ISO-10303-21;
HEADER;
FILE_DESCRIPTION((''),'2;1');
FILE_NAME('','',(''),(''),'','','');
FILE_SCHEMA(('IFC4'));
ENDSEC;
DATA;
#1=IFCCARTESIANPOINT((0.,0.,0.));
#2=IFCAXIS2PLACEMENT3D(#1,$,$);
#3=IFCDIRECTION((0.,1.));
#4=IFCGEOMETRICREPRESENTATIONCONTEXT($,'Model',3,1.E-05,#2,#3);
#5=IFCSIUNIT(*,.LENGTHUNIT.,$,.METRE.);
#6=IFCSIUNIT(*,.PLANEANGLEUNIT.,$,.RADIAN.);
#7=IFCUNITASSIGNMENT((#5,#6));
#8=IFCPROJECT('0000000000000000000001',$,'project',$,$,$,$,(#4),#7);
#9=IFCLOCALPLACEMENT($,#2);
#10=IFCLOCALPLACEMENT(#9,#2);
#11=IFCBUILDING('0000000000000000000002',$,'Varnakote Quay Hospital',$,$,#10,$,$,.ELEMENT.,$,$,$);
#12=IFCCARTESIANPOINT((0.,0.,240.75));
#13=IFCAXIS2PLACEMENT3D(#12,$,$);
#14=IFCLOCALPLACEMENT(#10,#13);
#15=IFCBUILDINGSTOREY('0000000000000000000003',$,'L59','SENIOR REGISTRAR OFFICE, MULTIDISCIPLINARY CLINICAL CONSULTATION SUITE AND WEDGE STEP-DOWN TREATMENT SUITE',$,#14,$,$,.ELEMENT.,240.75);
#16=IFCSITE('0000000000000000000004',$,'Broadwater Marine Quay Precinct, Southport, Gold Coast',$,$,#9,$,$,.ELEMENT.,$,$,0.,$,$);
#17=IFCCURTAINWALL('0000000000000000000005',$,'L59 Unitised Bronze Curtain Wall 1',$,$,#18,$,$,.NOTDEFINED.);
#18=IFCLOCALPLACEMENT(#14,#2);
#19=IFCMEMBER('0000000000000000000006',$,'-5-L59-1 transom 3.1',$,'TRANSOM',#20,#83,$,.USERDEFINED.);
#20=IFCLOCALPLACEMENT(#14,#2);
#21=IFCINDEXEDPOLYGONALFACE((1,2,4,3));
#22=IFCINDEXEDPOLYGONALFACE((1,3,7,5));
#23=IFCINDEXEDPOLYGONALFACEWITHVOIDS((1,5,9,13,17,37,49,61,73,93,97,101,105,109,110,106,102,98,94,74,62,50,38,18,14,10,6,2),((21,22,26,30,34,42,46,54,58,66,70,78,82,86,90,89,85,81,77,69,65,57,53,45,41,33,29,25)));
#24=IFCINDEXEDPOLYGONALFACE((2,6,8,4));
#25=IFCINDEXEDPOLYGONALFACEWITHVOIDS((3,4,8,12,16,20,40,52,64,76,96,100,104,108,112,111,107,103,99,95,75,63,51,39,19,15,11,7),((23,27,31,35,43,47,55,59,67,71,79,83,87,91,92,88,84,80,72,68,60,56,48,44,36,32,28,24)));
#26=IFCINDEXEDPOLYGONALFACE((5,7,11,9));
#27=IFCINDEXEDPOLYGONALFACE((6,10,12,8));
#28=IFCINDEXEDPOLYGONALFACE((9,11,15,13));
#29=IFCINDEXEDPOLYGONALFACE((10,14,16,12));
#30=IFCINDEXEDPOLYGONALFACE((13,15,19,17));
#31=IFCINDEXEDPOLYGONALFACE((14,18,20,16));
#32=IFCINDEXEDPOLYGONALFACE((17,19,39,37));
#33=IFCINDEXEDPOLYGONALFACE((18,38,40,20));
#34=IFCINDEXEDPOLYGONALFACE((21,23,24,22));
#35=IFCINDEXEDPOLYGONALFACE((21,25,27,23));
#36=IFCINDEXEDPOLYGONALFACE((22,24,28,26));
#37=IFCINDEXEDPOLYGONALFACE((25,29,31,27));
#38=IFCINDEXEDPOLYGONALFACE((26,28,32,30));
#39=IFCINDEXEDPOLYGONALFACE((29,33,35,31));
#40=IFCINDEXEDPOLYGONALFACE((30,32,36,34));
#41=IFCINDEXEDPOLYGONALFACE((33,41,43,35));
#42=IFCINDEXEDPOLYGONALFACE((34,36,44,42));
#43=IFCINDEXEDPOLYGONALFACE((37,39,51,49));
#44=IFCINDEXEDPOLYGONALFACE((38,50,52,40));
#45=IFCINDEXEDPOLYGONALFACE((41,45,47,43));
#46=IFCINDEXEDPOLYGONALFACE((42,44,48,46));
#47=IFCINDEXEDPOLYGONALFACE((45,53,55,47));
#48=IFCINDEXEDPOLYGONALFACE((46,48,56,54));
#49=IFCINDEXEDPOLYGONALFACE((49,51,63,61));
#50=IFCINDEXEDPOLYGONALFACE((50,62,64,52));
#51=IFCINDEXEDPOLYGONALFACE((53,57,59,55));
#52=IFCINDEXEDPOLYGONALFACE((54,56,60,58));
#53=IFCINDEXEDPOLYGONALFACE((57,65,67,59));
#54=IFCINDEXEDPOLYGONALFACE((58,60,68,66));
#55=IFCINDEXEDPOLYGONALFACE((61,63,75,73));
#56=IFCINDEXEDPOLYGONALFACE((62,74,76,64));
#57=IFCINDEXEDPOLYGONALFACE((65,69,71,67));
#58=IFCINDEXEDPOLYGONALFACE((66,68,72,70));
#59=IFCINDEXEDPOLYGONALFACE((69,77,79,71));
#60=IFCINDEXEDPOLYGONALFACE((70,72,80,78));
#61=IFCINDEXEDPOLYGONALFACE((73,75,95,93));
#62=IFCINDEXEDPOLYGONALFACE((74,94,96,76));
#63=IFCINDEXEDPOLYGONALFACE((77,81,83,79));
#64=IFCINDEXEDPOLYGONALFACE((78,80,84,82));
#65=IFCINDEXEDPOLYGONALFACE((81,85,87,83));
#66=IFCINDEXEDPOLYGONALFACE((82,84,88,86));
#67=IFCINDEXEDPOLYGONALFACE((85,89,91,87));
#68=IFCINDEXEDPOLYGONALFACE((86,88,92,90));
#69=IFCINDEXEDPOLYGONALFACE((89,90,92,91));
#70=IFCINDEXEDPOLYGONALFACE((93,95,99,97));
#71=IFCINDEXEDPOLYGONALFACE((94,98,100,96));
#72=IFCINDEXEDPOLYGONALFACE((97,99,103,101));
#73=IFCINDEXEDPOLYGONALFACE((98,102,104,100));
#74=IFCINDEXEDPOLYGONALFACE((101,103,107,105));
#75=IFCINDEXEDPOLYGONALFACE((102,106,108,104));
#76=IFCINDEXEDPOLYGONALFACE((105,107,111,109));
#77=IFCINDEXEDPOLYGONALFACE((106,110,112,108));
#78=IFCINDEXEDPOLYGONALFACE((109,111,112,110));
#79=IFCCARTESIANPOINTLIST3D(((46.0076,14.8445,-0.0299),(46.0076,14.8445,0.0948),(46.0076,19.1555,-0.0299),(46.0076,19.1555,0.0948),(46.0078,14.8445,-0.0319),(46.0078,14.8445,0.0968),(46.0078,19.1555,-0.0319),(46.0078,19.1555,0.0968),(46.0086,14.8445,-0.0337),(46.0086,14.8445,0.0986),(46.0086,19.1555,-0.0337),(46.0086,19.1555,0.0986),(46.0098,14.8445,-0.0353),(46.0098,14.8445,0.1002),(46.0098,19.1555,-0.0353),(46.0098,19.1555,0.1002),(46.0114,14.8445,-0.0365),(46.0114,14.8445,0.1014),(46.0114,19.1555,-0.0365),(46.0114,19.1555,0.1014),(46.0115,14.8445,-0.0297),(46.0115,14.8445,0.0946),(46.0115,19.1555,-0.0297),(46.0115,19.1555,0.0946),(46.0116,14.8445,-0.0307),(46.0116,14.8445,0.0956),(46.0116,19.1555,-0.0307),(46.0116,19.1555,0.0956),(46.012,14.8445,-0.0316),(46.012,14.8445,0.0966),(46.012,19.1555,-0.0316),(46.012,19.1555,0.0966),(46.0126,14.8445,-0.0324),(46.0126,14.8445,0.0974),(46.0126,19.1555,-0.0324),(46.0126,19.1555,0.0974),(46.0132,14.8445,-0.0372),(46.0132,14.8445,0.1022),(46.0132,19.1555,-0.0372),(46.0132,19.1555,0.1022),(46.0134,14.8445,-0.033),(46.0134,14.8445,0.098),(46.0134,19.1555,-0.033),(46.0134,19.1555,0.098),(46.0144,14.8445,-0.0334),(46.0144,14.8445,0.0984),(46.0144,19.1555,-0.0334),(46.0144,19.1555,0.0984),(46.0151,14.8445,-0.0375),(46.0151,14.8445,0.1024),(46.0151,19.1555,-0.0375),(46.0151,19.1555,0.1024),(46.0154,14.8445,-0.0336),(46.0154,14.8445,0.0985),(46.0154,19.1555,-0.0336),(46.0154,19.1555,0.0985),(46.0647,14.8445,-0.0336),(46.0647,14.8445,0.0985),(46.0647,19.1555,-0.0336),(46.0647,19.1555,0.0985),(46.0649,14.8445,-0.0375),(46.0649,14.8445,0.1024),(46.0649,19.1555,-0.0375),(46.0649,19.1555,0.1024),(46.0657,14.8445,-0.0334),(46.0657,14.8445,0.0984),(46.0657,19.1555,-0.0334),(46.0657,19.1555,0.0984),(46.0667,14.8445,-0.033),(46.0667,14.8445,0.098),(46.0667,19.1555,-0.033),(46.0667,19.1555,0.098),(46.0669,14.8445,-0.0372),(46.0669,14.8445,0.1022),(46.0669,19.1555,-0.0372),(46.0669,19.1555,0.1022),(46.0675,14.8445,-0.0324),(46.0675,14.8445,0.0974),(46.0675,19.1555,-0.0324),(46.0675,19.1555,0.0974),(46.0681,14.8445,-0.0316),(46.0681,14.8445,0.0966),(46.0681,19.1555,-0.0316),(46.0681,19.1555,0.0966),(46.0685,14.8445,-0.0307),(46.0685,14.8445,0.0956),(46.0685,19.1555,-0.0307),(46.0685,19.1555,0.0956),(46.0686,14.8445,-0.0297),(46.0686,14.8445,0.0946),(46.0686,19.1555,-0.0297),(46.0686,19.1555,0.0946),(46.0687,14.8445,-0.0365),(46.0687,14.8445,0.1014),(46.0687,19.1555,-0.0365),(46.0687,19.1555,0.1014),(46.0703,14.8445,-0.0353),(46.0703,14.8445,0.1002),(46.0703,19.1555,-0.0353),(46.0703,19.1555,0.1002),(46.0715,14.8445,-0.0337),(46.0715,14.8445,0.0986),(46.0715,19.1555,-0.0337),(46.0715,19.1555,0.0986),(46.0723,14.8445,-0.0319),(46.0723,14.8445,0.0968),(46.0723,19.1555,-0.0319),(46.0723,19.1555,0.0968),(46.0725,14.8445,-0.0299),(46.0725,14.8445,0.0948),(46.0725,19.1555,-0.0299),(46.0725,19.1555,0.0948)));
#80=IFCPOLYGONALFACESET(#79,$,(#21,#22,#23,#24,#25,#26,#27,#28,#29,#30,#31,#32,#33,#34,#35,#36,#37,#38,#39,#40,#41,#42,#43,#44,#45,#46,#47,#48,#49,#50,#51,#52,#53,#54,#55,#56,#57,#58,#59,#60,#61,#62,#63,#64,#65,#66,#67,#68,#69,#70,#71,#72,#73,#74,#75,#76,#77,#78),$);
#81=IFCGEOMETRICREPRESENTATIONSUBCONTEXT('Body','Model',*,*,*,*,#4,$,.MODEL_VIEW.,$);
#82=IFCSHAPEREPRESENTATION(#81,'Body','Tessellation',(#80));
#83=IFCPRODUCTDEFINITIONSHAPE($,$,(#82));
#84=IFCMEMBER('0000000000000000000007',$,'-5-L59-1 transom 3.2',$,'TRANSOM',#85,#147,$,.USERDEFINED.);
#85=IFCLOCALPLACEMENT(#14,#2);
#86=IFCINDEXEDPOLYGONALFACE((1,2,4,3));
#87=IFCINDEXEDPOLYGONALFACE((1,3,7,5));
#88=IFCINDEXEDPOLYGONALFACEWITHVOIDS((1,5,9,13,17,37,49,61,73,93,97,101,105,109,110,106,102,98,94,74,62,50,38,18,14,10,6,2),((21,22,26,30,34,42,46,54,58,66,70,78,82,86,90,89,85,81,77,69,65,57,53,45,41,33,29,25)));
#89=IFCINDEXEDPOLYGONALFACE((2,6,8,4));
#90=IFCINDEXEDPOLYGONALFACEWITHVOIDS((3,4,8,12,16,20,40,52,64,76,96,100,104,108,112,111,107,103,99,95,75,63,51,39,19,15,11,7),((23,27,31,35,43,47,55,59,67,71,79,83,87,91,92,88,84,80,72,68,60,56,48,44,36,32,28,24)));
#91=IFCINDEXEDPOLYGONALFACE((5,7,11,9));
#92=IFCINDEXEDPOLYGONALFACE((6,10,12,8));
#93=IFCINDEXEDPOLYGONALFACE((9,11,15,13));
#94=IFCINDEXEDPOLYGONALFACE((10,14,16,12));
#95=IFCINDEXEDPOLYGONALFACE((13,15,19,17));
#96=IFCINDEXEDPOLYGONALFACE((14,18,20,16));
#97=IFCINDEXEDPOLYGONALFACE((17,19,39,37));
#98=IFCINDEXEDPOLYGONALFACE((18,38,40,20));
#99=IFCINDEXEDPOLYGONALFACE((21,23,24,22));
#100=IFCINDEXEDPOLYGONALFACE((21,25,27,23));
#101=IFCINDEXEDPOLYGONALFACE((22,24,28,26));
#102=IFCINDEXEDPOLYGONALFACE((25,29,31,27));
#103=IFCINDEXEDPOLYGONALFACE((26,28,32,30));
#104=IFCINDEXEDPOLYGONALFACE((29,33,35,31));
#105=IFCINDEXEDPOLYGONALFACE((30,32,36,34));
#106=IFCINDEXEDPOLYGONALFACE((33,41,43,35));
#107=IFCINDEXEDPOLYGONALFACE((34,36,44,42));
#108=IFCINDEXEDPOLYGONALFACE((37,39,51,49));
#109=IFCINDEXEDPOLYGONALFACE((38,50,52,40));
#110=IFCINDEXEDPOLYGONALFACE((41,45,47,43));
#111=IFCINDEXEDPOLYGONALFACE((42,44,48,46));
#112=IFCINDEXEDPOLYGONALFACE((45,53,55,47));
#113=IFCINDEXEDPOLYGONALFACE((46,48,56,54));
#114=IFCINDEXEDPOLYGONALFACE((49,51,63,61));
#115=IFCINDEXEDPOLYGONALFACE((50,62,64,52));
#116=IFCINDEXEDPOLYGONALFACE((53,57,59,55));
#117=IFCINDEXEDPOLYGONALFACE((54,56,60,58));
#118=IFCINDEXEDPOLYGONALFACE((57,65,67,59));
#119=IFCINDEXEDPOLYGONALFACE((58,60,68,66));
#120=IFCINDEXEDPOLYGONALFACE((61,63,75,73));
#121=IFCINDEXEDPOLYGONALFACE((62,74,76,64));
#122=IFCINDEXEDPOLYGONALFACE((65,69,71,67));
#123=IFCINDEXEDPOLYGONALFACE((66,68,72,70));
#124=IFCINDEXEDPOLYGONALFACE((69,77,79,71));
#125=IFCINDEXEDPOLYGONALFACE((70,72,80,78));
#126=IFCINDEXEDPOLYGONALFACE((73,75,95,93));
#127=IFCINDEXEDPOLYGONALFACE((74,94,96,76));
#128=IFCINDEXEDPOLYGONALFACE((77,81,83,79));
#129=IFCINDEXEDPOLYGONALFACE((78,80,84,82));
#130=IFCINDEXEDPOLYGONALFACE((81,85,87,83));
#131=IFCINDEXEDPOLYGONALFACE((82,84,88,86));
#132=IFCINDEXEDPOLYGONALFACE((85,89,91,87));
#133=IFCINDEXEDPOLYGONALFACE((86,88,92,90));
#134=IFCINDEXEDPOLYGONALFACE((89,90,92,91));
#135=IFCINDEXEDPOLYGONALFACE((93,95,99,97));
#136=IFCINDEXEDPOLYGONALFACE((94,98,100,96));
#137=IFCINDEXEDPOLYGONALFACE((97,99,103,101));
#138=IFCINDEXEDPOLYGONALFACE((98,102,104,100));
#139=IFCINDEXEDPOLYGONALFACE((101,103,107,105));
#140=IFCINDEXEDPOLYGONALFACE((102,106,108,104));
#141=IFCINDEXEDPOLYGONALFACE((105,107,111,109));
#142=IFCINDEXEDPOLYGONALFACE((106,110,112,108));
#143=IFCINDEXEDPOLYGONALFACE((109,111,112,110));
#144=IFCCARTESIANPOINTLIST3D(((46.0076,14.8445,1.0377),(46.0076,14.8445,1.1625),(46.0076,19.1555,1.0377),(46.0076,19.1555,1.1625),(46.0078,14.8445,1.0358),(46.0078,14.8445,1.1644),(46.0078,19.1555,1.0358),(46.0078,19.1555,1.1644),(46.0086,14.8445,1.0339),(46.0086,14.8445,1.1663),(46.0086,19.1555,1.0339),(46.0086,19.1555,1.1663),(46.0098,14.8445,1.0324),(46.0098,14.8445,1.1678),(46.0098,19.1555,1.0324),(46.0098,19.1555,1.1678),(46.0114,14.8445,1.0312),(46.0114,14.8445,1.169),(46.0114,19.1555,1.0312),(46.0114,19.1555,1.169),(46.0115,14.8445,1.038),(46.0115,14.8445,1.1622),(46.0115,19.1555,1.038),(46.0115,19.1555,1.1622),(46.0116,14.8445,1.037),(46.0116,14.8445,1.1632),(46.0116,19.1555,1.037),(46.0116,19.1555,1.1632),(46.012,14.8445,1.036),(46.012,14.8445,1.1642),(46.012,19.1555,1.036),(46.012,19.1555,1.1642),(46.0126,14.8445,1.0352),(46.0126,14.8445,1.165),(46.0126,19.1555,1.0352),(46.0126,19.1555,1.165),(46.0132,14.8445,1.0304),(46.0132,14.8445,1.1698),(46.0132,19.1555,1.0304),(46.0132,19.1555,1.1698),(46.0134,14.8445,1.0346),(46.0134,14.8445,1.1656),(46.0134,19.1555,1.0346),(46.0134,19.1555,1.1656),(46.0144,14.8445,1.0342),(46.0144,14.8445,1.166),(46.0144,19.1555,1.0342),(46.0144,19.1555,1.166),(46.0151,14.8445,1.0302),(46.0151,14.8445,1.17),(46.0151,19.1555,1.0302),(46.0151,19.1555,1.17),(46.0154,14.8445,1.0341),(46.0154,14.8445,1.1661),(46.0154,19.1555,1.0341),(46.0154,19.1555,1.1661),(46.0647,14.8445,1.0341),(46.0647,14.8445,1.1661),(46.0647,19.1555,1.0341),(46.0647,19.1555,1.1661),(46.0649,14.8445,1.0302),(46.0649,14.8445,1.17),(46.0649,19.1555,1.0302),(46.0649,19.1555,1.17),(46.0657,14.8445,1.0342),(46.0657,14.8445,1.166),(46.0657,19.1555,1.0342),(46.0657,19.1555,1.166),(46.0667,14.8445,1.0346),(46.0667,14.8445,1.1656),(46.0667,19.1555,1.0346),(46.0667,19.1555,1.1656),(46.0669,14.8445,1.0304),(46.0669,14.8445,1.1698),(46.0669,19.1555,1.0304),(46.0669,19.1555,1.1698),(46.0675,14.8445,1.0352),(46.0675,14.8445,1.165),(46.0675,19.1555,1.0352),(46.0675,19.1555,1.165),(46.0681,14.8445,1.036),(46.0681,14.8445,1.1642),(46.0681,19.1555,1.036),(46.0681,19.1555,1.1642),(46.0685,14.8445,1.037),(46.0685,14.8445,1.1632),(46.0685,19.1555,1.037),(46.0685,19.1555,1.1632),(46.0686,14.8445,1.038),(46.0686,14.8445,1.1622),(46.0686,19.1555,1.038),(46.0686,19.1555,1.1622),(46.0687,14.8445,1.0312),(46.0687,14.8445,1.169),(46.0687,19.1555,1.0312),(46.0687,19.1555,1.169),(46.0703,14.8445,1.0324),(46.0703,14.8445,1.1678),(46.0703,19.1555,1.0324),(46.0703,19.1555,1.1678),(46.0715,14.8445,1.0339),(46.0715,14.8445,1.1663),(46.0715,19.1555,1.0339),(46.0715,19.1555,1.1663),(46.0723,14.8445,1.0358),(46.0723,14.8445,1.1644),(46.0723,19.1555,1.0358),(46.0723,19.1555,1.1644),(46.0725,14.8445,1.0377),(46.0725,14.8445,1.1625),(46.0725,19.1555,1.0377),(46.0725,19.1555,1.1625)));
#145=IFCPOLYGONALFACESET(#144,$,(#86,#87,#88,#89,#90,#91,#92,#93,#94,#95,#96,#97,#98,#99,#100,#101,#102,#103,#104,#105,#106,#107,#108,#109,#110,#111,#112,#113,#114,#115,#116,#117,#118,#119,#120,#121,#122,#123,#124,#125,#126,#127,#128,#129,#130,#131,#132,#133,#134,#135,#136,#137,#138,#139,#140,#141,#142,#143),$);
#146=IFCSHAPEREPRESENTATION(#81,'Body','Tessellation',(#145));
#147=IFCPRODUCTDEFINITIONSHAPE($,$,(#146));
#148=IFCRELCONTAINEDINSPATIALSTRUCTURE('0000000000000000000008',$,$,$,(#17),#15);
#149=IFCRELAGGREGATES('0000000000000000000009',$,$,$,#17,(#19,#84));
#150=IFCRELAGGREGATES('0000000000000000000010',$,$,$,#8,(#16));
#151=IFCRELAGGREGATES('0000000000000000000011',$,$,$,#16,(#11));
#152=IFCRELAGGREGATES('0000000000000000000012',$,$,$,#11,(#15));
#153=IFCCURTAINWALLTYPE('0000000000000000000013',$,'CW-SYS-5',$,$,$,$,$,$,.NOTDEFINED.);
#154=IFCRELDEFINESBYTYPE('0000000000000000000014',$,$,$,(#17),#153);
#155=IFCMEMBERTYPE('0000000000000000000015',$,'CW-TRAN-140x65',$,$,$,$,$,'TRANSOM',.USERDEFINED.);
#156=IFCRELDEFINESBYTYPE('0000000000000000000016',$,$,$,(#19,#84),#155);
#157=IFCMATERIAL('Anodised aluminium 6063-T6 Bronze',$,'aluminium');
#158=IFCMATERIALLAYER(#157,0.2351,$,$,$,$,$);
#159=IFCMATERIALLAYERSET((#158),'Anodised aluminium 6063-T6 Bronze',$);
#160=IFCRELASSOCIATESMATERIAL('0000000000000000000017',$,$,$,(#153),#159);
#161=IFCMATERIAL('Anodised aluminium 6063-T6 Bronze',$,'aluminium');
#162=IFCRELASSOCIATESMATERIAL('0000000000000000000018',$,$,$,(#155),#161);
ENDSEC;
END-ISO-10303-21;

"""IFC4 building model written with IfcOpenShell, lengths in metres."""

from ifc_helpers import new_model, si_unit, direction, frame, origin, origin_2d, place, context, subcontext, project, spatial, hollow_rectangle, extrude, material, layer, layer_set, material_profile, profile_set, type_object, element, aggregate, save


model = new_model("IFC4")

# Units and contexts
model_context = context("Model", 3, precision=1e-05, world=origin(), true_north=direction((0.0, 1.0)))
body_context = subcontext(model_context, "Body", "Model", "MODEL_VIEW")
ifc_project = project(units=[si_unit("LENGTHUNIT", "METRE"), si_unit("PLANEANGLEUNIT", "RADIAN")], contexts=[model_context])

# Site, building, storey
site_placement = place(None, origin())
site = spatial("IfcSite", under=ifc_project, at=site_placement, Name="Broadwater Marine Quay Precinct, Southport, Gold Coast", CompositionType="ELEMENT", RefElevation=0.0)
building_placement = place(site_placement, origin())
building = spatial("IfcBuilding", under=site, at=building_placement, Name="Varnakote Quay Hospital", CompositionType="ELEMENT")
storey_placement = place(building_placement, frame((0.0, 0.0, 240.75)))
storey = spatial("IfcBuildingStorey", under=building, at=storey_placement, Name="L59", Description="SENIOR REGISTRAR OFFICE, MULTIDISCIPLINARY CLINICAL CONSULTATION SUITE AND WEDGE STEP-DOWN TREATMENT SUITE", CompositionType="ELEMENT", Elevation=240.75)

# Curtain wall, members
ifc_material_1 = material(Name="Anodised aluminium 6063-T6 Bronze", Category="aluminium")
ifc_layer_1 = layer(ifc_material_1, 0.2351)
ifc_layer_set_1 = layer_set([ifc_layer_1], Name="Anodised aluminium 6063-T6 Bronze")
curtain_wall_type = type_object("IfcCurtainWallType", Name="CW-SYS-5", PredefinedType="NOTDEFINED", material=ifc_layer_set_1)
curtain_wall_placement = place(storey_placement, origin())
curtain_wall = element("IfcCurtainWall", 1, at=curtain_wall_placement, inside=storey, type_object=curtain_wall_type, Name="L59 Unitised Bronze Curtain Wall 1", PredefinedType="NOTDEFINED")
ifc_material_2 = material(Name="Anodised aluminium 6063-T6 Bronze", Category="aluminium")
ifc_material_profile_1 = material_profile(ifc_material_2, hollow_rectangle(XDim=0.0649, YDim=0.1399, WallThickness=0.0039, InnerFilletRadius=0.0039, OuterFilletRadius=0.0076, at=origin_2d()), Name="CW-TRAN-140x65")
ifc_profile_set_1 = profile_set([ifc_material_profile_1], Name="Anodised aluminium 6063-T6 Bronze")
member_type_1 = type_object("IfcMemberType", Name="CW-TRAN-140x65", ElementType="TRANSOM", PredefinedType="USERDEFINED", material=ifc_profile_set_1)
member_1_placement = place(storey_placement, frame((46.04, 14.8445, 0.0325), z_axis=(0.0, 1.0, 0.0), x_axis=(-1.0, 0.0, 0.0)))
member_1 = element("IfcMember", 2, at=member_1_placement, type_object=member_type_1, Name="-5-L59-1 transom 3.1", ObjectType="TRANSOM", PredefinedType="USERDEFINED", context=body_context, shape_type="SweptSolid", body=[
    extrude(hollow_rectangle(XDim=0.0649, YDim=0.1399, WallThickness=0.0039, InnerFilletRadius=0.0039, OuterFilletRadius=0.0076, at=origin_2d()), origin(), (0.0, 0.0, 1.0), 4.311),
])
member_2_placement = place(storey_placement, frame((46.04, 14.8445, 1.1001), z_axis=(0.0, 1.0, 0.0), x_axis=(-1.0, 0.0, 0.0)))
member_2 = element("IfcMember", 3, at=member_2_placement, type_object=member_type_1, Name="-5-L59-1 transom 3.2", ObjectType="TRANSOM", PredefinedType="USERDEFINED", context=body_context, shape_type="SweptSolid", body=[
    extrude(hollow_rectangle(XDim=0.0649, YDim=0.1399, WallThickness=0.0039, InnerFilletRadius=0.0039, OuterFilletRadius=0.0076, at=origin_2d()), origin(), (0.0, 0.0, 1.0), 4.311),
])
aggregate(curtain_wall, [member_1, member_2])

save(model, "model.ifc")
